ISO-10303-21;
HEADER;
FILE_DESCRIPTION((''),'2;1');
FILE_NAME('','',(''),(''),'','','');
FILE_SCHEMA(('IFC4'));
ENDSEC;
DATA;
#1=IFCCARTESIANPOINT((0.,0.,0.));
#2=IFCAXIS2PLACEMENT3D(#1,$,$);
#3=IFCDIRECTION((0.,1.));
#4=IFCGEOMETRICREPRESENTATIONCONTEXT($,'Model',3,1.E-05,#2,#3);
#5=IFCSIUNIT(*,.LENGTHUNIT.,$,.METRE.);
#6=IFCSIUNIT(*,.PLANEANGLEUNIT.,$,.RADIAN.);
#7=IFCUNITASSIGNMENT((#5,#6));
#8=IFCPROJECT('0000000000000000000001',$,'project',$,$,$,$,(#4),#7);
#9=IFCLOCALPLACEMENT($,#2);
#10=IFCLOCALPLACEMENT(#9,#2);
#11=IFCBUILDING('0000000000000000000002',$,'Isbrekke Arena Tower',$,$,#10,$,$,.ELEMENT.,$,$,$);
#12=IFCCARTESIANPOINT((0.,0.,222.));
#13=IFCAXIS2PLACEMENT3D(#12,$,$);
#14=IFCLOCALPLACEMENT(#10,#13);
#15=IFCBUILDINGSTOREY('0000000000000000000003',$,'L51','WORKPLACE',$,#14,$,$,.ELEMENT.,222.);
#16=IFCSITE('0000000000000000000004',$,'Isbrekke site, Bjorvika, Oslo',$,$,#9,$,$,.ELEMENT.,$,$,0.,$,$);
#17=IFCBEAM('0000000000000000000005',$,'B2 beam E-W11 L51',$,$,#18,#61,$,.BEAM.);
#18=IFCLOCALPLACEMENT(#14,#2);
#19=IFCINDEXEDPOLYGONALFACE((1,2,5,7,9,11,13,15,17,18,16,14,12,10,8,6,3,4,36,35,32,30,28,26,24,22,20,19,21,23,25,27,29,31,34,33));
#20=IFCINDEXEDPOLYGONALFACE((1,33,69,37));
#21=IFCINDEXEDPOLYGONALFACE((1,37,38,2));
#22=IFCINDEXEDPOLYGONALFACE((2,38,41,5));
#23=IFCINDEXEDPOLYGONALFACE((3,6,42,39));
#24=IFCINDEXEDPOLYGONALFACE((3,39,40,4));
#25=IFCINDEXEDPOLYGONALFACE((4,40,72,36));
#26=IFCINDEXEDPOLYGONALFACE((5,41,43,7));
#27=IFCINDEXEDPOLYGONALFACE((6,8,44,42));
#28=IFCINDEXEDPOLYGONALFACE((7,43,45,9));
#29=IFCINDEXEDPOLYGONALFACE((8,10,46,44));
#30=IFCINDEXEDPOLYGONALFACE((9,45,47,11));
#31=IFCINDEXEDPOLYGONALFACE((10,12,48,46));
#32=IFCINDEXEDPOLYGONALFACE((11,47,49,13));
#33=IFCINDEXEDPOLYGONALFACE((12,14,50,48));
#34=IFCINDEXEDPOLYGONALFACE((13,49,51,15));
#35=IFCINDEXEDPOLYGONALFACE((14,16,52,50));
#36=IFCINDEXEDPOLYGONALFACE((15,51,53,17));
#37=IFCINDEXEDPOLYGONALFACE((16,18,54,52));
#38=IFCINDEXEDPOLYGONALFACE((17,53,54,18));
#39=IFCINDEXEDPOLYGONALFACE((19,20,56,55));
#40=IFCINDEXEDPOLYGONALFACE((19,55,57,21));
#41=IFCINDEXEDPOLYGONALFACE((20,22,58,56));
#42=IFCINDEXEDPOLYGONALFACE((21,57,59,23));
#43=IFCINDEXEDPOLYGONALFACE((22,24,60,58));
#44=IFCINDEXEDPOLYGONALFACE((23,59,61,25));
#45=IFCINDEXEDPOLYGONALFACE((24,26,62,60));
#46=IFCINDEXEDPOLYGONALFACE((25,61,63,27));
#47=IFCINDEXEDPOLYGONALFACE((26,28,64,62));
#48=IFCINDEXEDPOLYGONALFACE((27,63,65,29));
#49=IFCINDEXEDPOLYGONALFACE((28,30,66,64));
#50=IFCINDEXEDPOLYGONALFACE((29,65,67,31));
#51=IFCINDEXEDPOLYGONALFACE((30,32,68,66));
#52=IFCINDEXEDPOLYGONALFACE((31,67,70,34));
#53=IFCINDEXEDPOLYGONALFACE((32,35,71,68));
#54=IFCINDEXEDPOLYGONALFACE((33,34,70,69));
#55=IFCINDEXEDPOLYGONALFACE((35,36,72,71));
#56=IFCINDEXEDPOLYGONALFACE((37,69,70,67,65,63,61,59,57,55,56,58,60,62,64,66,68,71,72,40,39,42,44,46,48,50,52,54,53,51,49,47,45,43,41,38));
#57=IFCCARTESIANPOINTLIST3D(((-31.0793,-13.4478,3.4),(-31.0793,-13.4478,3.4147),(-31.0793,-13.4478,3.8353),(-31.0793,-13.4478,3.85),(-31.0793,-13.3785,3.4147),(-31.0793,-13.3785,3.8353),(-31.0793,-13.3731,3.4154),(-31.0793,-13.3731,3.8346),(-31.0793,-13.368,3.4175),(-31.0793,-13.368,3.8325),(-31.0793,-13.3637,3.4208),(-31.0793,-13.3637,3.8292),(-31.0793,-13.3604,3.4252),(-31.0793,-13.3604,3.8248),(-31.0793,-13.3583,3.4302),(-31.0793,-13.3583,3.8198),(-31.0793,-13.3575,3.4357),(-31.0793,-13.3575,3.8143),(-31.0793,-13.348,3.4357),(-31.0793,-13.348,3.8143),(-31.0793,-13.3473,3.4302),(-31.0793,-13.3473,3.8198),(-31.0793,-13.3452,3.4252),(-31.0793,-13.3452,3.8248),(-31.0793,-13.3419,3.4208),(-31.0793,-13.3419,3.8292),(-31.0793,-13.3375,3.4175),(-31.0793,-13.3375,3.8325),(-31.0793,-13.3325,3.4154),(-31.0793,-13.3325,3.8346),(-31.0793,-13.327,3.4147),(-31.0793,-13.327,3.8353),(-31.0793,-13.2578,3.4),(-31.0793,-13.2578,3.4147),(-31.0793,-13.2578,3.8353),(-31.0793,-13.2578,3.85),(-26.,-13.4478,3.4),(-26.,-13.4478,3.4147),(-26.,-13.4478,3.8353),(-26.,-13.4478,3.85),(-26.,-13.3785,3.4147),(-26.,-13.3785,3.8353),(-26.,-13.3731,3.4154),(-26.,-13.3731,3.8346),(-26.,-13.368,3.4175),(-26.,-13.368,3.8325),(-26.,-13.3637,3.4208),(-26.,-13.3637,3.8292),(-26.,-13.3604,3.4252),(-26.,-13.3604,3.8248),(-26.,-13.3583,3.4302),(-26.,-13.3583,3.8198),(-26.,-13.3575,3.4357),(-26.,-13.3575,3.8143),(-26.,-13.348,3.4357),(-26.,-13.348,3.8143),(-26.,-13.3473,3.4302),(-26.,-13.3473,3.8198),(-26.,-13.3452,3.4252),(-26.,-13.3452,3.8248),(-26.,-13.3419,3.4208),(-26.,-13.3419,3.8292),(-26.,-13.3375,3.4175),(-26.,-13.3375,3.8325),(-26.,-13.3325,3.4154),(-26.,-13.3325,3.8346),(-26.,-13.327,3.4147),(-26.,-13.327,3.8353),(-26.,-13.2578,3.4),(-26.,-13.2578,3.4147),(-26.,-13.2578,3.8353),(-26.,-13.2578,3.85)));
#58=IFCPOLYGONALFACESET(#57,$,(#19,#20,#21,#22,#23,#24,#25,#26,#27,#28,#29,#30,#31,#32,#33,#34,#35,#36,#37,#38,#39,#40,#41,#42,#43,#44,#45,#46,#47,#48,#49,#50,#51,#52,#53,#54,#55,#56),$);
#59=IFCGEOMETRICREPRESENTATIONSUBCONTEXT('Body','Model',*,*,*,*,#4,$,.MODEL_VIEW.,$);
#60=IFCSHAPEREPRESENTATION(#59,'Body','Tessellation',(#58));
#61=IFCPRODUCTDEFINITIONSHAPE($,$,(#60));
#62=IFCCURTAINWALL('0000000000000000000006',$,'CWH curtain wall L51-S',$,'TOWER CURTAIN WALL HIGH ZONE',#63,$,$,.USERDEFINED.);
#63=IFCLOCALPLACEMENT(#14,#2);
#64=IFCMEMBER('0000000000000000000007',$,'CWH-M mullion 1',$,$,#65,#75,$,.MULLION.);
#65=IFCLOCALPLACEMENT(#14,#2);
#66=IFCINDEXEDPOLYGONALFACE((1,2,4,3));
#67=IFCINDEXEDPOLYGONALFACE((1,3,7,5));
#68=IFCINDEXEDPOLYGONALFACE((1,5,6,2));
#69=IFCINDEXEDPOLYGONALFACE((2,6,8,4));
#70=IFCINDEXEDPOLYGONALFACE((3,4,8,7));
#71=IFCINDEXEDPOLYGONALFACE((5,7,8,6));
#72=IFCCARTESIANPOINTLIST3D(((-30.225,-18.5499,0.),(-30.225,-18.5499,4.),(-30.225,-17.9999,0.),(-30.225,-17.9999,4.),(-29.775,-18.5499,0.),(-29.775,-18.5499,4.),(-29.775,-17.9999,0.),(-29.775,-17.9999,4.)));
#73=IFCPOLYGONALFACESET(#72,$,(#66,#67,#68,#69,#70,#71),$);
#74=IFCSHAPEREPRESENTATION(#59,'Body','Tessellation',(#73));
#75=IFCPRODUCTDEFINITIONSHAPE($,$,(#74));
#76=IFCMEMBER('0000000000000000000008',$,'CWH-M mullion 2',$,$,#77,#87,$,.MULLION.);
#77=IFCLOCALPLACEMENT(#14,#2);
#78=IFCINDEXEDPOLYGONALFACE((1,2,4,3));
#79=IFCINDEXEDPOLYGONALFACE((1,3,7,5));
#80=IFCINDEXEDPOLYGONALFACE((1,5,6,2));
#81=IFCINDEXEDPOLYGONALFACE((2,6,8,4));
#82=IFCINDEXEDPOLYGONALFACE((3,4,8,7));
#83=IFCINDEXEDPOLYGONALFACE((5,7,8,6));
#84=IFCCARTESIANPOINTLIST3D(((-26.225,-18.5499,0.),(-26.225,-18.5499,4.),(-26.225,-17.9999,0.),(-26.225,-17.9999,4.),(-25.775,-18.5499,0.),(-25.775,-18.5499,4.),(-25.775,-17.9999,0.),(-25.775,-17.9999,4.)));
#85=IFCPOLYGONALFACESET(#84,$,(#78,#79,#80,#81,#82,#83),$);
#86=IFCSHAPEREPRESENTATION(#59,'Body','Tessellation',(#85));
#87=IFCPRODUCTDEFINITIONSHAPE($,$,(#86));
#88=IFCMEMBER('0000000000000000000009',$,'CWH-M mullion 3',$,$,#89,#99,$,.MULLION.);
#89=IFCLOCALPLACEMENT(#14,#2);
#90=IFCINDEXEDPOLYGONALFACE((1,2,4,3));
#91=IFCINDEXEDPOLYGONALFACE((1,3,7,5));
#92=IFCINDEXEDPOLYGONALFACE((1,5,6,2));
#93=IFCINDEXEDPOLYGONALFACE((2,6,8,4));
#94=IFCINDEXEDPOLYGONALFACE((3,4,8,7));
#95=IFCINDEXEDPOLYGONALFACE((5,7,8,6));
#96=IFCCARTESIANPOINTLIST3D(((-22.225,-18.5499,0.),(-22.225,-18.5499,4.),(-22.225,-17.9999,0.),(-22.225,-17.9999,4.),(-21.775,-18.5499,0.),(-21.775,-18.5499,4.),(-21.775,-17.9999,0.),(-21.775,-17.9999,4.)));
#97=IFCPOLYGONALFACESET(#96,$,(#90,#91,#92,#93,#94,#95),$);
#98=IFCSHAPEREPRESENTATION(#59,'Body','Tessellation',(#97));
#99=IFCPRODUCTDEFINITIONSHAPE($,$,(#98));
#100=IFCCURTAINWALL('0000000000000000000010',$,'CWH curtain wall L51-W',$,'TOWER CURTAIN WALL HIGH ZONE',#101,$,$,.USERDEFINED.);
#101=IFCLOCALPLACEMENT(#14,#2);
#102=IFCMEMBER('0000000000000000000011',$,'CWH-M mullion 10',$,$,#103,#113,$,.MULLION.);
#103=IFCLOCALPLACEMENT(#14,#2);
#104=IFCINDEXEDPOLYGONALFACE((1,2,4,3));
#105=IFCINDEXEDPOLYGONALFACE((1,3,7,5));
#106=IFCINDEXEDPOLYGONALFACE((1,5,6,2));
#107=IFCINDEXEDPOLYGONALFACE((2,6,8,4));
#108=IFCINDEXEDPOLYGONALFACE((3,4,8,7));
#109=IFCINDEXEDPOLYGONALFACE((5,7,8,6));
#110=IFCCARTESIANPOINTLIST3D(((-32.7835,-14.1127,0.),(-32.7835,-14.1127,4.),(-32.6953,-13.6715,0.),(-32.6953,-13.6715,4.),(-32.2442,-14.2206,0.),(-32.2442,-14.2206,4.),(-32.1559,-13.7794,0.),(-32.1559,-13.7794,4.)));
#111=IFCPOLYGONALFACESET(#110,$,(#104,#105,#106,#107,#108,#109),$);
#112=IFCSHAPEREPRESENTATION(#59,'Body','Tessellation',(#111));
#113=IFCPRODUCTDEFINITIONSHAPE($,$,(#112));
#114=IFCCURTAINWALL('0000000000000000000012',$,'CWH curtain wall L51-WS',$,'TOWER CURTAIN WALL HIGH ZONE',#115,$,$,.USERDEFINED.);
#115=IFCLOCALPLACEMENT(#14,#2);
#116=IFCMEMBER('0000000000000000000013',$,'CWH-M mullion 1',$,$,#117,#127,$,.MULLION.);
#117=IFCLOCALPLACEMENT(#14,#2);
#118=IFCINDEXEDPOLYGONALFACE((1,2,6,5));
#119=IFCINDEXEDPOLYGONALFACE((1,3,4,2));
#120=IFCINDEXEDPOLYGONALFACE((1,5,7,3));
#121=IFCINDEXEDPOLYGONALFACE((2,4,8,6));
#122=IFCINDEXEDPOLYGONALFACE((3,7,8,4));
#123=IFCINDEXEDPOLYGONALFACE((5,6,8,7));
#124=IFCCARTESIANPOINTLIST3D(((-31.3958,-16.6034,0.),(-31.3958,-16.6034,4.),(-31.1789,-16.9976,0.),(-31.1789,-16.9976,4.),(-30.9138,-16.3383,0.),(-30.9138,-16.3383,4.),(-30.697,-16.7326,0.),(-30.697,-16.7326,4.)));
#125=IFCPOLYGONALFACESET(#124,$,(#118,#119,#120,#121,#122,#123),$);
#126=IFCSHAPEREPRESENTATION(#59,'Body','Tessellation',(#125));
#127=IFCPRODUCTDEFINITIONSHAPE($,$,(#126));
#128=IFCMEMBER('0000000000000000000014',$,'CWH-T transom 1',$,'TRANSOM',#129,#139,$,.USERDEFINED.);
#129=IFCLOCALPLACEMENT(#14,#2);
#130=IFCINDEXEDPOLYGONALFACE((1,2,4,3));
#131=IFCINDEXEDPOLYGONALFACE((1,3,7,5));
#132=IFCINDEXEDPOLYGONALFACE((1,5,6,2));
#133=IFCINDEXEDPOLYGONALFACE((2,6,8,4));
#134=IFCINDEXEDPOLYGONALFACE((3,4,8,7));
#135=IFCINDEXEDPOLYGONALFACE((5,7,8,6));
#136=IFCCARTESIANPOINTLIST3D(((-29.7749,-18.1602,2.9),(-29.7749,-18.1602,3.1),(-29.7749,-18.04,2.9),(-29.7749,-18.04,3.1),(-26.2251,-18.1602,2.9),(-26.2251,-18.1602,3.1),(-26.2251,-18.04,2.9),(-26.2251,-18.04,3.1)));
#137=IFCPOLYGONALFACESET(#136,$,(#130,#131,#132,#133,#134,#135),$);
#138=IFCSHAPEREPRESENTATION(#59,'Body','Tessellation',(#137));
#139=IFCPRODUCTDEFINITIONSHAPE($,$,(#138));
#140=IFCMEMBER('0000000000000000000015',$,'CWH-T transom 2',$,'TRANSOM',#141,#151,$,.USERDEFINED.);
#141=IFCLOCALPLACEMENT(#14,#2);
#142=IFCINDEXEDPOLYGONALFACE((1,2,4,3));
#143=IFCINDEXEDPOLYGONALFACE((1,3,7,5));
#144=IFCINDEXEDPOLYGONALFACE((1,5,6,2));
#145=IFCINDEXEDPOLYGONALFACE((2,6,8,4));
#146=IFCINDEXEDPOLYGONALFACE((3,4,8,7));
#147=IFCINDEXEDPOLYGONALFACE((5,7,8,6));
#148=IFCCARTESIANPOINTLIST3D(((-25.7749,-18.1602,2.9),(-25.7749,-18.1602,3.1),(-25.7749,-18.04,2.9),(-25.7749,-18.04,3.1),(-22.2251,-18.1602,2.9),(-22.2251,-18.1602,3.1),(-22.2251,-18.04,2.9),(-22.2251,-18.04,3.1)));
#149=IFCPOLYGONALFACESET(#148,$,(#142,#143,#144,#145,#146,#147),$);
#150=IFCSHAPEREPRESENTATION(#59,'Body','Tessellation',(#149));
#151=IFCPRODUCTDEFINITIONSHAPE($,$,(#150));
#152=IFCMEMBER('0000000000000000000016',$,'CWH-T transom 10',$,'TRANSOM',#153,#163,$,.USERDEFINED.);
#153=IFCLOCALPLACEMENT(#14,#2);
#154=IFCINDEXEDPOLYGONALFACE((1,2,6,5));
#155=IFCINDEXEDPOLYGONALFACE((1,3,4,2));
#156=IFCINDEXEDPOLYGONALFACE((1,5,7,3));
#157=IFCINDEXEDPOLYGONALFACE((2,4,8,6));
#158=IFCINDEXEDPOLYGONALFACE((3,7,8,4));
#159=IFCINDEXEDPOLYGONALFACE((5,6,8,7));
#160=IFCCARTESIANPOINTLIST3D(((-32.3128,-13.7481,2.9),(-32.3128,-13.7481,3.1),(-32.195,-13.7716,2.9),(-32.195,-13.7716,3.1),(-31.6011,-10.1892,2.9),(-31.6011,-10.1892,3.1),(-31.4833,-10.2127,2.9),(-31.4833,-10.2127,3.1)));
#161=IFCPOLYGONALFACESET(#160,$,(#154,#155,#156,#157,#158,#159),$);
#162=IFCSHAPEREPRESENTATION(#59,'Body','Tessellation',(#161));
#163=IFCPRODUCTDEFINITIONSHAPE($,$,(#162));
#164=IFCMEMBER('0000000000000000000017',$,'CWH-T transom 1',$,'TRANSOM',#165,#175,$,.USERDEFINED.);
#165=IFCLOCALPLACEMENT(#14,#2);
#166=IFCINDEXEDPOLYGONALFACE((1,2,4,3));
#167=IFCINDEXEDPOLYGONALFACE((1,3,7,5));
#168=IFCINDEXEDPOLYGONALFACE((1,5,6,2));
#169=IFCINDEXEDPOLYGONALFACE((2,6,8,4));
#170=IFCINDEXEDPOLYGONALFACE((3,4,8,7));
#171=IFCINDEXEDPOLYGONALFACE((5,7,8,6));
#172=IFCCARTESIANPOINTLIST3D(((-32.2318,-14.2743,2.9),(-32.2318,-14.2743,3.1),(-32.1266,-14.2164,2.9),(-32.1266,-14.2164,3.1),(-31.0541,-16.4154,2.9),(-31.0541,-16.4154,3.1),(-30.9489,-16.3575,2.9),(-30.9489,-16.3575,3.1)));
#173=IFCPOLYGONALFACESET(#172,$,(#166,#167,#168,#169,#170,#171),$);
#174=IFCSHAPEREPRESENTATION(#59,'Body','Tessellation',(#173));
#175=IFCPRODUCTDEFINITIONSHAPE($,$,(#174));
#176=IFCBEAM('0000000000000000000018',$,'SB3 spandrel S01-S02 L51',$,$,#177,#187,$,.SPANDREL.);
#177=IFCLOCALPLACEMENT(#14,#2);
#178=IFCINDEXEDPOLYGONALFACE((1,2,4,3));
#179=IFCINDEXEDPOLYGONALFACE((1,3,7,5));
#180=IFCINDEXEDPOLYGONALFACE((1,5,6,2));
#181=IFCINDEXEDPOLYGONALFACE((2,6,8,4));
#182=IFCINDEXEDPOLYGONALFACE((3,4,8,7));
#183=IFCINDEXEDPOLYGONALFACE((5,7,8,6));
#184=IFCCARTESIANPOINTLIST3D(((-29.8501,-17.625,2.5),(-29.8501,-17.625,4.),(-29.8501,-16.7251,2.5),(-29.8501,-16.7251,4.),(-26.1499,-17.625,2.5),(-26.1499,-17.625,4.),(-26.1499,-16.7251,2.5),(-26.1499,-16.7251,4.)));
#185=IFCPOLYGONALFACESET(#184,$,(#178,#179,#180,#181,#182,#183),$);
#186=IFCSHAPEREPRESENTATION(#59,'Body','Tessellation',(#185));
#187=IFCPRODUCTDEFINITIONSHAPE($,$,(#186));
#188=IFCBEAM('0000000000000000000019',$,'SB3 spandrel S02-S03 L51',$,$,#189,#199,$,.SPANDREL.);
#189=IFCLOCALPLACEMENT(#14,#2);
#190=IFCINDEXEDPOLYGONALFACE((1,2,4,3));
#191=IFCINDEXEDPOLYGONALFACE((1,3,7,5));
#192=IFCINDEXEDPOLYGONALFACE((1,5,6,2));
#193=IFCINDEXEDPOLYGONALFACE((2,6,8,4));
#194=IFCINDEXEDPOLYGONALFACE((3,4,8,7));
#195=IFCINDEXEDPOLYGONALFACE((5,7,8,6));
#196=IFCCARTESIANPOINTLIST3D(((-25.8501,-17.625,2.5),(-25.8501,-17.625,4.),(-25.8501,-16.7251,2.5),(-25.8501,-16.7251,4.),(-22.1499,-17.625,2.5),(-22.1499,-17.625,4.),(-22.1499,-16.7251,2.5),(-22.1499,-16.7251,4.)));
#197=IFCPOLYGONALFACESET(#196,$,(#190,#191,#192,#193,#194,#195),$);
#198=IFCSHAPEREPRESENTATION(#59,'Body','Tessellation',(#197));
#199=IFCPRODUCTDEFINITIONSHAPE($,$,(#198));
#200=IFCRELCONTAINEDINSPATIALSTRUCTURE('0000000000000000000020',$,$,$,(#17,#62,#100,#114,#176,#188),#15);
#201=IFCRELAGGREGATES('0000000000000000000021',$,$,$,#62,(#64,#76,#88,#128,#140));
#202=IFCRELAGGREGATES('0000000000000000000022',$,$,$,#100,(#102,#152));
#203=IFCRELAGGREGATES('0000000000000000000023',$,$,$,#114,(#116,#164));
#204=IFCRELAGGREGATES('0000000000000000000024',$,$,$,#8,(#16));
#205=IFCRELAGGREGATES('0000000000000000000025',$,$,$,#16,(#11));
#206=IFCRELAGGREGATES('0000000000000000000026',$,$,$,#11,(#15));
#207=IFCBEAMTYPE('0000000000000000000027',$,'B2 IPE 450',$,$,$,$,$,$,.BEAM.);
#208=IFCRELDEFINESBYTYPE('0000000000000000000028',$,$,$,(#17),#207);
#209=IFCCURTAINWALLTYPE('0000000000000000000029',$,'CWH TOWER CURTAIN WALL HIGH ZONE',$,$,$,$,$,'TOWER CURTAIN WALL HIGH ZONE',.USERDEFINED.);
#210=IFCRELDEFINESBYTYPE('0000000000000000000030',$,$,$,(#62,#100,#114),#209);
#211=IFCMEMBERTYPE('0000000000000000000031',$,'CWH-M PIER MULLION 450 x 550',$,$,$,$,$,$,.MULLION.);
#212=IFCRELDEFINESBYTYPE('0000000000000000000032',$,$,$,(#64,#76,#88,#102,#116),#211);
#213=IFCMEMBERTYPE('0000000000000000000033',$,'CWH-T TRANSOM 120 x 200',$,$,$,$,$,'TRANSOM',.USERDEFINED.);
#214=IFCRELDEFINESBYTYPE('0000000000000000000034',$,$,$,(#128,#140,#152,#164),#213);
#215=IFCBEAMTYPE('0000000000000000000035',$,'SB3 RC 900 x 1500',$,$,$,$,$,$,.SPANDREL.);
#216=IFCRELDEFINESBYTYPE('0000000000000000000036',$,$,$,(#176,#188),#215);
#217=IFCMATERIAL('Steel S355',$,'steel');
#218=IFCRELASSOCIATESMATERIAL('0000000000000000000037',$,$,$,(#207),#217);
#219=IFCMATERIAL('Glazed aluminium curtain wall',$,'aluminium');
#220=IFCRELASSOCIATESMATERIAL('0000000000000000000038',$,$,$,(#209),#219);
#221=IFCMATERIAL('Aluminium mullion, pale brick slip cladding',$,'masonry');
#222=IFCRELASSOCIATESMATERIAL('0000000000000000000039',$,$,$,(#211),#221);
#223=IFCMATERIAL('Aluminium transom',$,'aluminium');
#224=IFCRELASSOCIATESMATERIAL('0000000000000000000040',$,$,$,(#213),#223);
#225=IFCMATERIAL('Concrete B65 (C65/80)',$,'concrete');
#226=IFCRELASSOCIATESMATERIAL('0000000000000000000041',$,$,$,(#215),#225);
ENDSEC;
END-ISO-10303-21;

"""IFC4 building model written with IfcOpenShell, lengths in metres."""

from ifc_helpers import new_model, si_unit, direction, frame, origin, origin_2d, place, context, subcontext, project, spatial, rectangle, i_section, extrude, material, material_profile, profile_set, type_object, element, aggregate, save


model = new_model("IFC4")

# Units and contexts
model_context = context("Model", 3, precision=1e-05, world=origin(), true_north=direction((0.0, 1.0)))
body_context = subcontext(model_context, "Body", "Model", "MODEL_VIEW")
ifc_project = project(units=[si_unit("LENGTHUNIT", "METRE"), si_unit("PLANEANGLEUNIT", "RADIAN")], contexts=[model_context])

# Site, building, storey
site_placement = place(None, origin())
site = spatial("IfcSite", under=ifc_project, at=site_placement, Name="Isbrekke site, Bjorvika, Oslo", CompositionType="ELEMENT", RefElevation=0.0)
building_placement = place(site_placement, origin())
building = spatial("IfcBuilding", under=site, at=building_placement, Name="Isbrekke Arena Tower", CompositionType="ELEMENT")
storey_placement = place(building_placement, frame((0.0, 0.0, 222.0)))
storey = spatial("IfcBuildingStorey", under=building, at=storey_placement, Name="L51", Description="WORKPLACE", CompositionType="ELEMENT", Elevation=222.0)

# Beam
ifc_material_1 = material(Name="Steel S355", Category="steel")
ifc_material_profile_1 = material_profile(ifc_material_1, i_section(OverallWidth=0.1899, OverallDepth=0.45, WebThickness=0.0095, FlangeThickness=0.0146, FilletRadius=0.021, at=origin_2d()), Name="IPE 450")
ifc_profile_set_1 = profile_set([ifc_material_profile_1], Name="Steel S355")
beam_type_1 = type_object("IfcBeamType", Name="B2 IPE 450", PredefinedType="BEAM", material=ifc_profile_set_1)
beam_1_placement = place(storey_placement, frame((-31.0793, -13.3528, 3.625), z_axis=(1.0, 0.0, 0.0), x_axis=(0.0, 1.0, 0.0)))
element("IfcBeam", 1, at=beam_1_placement, inside=storey, type_object=beam_type_1, Name="B2 beam E-W11 L51", PredefinedType="BEAM", context=body_context, shape_type="SweptSolid", body=[
    extrude(i_section(OverallWidth=0.1899, OverallDepth=0.45, WebThickness=0.0095, FlangeThickness=0.0146, FilletRadius=0.021, at=origin_2d()), origin(), (0.0, 0.0, 1.0), 5.0793),
])

# Curtain wall, members
ifc_material_2 = material(Name="Glazed aluminium curtain wall", Category="aluminium")
curtain_wall_type = type_object("IfcCurtainWallType", Name="CWH TOWER CURTAIN WALL HIGH ZONE", ElementType="TOWER CURTAIN WALL HIGH ZONE", PredefinedType="USERDEFINED", material=ifc_material_2)
curtain_wall_1_placement = place(storey_placement, origin())
curtain_wall_1 = element("IfcCurtainWall", 2, at=curtain_wall_1_placement, inside=storey, type_object=curtain_wall_type, Name="CWH curtain wall L51-S", ObjectType="TOWER CURTAIN WALL HIGH ZONE", PredefinedType="USERDEFINED")
ifc_material_3 = material(Name="Aluminium mullion, pale brick slip cladding", Category="masonry")
ifc_material_profile_2 = material_profile(ifc_material_3, rectangle(XDim=0.45, YDim=0.55, at=origin_2d()), Name="PIER 450X550")
ifc_profile_set_2 = profile_set([ifc_material_profile_2], Name="Aluminium mullion, pale brick slip cladding")
member_type_1 = type_object("IfcMemberType", Name="CWH-M PIER MULLION 450 x 550", PredefinedType="MULLION", material=ifc_profile_set_2)
member_1_placement = place(storey_placement, frame((-30.0, -18.2749, 0.0), z_axis=(0.0, 0.0, 1.0), x_axis=(1.0, 0.0, 0.0)))
member_1 = element("IfcMember", 3, at=member_1_placement, type_object=member_type_1, Name="CWH-M mullion 1", PredefinedType="MULLION", context=body_context, shape_type="SweptSolid", body=[
    extrude(rectangle(XDim=0.45, YDim=0.55, at=origin_2d()), origin(), (0.0, 0.0, 1.0), 4.0),
])
member_2_placement = place(storey_placement, frame((-26.0, -18.2749, 0.0), z_axis=(0.0, 0.0, 1.0), x_axis=(1.0, 0.0, 0.0)))
member_2 = element("IfcMember", 4, at=member_2_placement, type_object=member_type_1, Name="CWH-M mullion 2", PredefinedType="MULLION", context=body_context, shape_type="SweptSolid", body=[
    extrude(rectangle(XDim=0.45, YDim=0.55, at=origin_2d()), origin(), (0.0, 0.0, 1.0), 4.0),
])
member_3_placement = place(storey_placement, frame((-22.0, -18.2749, 0.0), z_axis=(0.0, 0.0, 1.0), x_axis=(1.0, 0.0, 0.0)))
member_3 = element("IfcMember", 5, at=member_3_placement, type_object=member_type_1, Name="CWH-M mullion 3", PredefinedType="MULLION", context=body_context, shape_type="SweptSolid", body=[
    extrude(rectangle(XDim=0.45, YDim=0.55, at=origin_2d()), origin(), (0.0, 0.0, 1.0), 4.0),
])

# Curtain walls, members
curtain_wall_2_placement = place(storey_placement, origin())
curtain_wall_2 = element("IfcCurtainWall", 6, at=curtain_wall_2_placement, inside=storey, type_object=curtain_wall_type, Name="CWH curtain wall L51-W", ObjectType="TOWER CURTAIN WALL HIGH ZONE", PredefinedType="USERDEFINED")
member_4_placement = place(storey_placement, frame((-32.4697, -13.946, 0.0), z_axis=(0.0, 0.0, 1.0), x_axis=(-0.196116, -0.980581, 0.0)))
member_4 = element("IfcMember", 7, at=member_4_placement, type_object=member_type_1, Name="CWH-M mullion 10", PredefinedType="MULLION", context=body_context, shape_type="SweptSolid", body=[
    extrude(rectangle(XDim=0.45, YDim=0.55, at=origin_2d()), origin(), (0.0, 0.0, 1.0), 4.0),
])
curtain_wall_3_placement = place(storey_placement, origin())
curtain_wall_3 = element("IfcCurtainWall", 8, at=curtain_wall_3_placement, inside=storey, type_object=curtain_wall_type, Name="CWH curtain wall L51-WS", ObjectType="TOWER CURTAIN WALL HIGH ZONE", PredefinedType="USERDEFINED")
member_5_placement = place(storey_placement, frame((-31.0464, -16.668, 0.0), z_axis=(0.0, 0.0, 1.0), x_axis=(0.481919, -0.876216, 0.0)))
member_5 = element("IfcMember", 9, at=member_5_placement, type_object=member_type_1, Name="CWH-M mullion 1", PredefinedType="MULLION", context=body_context, shape_type="SweptSolid", body=[
    extrude(rectangle(XDim=0.45, YDim=0.55, at=origin_2d()), origin(), (0.0, 0.0, 1.0), 4.0),
])

# Members
ifc_material_4 = material(Name="Aluminium transom", Category="aluminium")
ifc_material_profile_3 = material_profile(ifc_material_4, rectangle(XDim=0.1201, YDim=0.2, at=origin_2d()), Name="TRANSOM 120X200")
ifc_profile_set_3 = profile_set([ifc_material_profile_3], Name="Aluminium transom")
member_type_2 = type_object("IfcMemberType", Name="CWH-T TRANSOM 120 x 200", ElementType="TRANSOM", PredefinedType="USERDEFINED", material=ifc_profile_set_3)
member_6_placement = place(storey_placement, frame((-29.7749, -18.1001, 3.0), z_axis=(1.0, 0.0, 0.0), x_axis=(0.0, 1.0, 0.0)))
member_6 = element("IfcMember", 10, at=member_6_placement, type_object=member_type_2, Name="CWH-T transom 1", ObjectType="TRANSOM", PredefinedType="USERDEFINED", context=body_context, shape_type="SweptSolid", body=[
    extrude(rectangle(XDim=0.1201, YDim=0.2, at=origin_2d()), origin(), (0.0, 0.0, 1.0), 3.5498),
])
member_7_placement = place(storey_placement, frame((-25.7749, -18.1001, 3.0), z_axis=(1.0, 0.0, 0.0), x_axis=(0.0, 1.0, 0.0)))
member_7 = element("IfcMember", 11, at=member_7_placement, type_object=member_type_2, Name="CWH-T transom 2", ObjectType="TRANSOM", PredefinedType="USERDEFINED", context=body_context, shape_type="SweptSolid", body=[
    extrude(rectangle(XDim=0.1201, YDim=0.2, at=origin_2d()), origin(), (0.0, 0.0, 1.0), 3.5498),
])
member_8_placement = place(storey_placement, frame((-31.5422, -10.2009, 3.0), z_axis=(-0.19609, -0.980586, 0.0), x_axis=(0.980586, -0.19609, 0.0)))
member_8 = element("IfcMember", 12, at=member_8_placement, type_object=member_type_2, Name="CWH-T transom 10", ObjectType="TRANSOM", PredefinedType="USERDEFINED", context=body_context, shape_type="SweptSolid", body=[
    extrude(rectangle(XDim=0.1201, YDim=0.2, at=origin_2d()), origin(), (0.0, 0.0, 1.0), 3.6294),
])
member_9_placement = place(storey_placement, frame((-32.1792, -14.2454, 3.0), z_axis=(0.481957, -0.876195, 0.0), x_axis=(0.876195, 0.481957, 0.0)))
member_9 = element("IfcMember", 13, at=member_9_placement, type_object=member_type_2, Name="CWH-T transom 1", ObjectType="TRANSOM", PredefinedType="USERDEFINED", context=body_context, shape_type="SweptSolid", body=[
    extrude(rectangle(XDim=0.1201, YDim=0.2, at=origin_2d()), origin(), (0.0, 0.0, 1.0), 2.4436),
])

# Beams
ifc_material_5 = material(Name="Concrete B65 (C65/80)", Category="concrete")
ifc_material_profile_4 = material_profile(ifc_material_5, rectangle(XDim=0.8999, YDim=1.5, at=origin_2d()), Name="RC 900x1500")
ifc_profile_set_4 = profile_set([ifc_material_profile_4], Name="Concrete B65 (C65/80)")
beam_type_2 = type_object("IfcBeamType", Name="SB3 RC 900 x 1500", PredefinedType="SPANDREL", material=ifc_profile_set_4)
for number, where, z_axis, x_axis, name in (
    (14, (-29.8501, -17.175, 3.25), (1.0, 0.0, 0.0), (0.0, 1.0, 0.0), "SB3 spandrel S01-S02 L51"),
    (15, (-25.8501, -17.175, 3.25), (1.0, 0.0, 0.0), (0.0, 1.0, 0.0), "SB3 spandrel S02-S03 L51"),
):
    element("IfcBeam", number, at=place(storey_placement, frame(where, z_axis=z_axis, x_axis=x_axis)), inside=storey, type_object=beam_type_2, Name=name, PredefinedType="SPANDREL", context=body_context, shape_type="SweptSolid", body=[
        extrude(rectangle(XDim=0.8999, YDim=1.5, at=origin_2d()), origin(), (0.0, 0.0, 1.0), 3.7002),
    ])

aggregate(curtain_wall_1, [member_1, member_2, member_3, member_6, member_7])
aggregate(curtain_wall_2, [member_4, member_8])
aggregate(curtain_wall_3, [member_5, member_9])

save(model, "model.ifc")
